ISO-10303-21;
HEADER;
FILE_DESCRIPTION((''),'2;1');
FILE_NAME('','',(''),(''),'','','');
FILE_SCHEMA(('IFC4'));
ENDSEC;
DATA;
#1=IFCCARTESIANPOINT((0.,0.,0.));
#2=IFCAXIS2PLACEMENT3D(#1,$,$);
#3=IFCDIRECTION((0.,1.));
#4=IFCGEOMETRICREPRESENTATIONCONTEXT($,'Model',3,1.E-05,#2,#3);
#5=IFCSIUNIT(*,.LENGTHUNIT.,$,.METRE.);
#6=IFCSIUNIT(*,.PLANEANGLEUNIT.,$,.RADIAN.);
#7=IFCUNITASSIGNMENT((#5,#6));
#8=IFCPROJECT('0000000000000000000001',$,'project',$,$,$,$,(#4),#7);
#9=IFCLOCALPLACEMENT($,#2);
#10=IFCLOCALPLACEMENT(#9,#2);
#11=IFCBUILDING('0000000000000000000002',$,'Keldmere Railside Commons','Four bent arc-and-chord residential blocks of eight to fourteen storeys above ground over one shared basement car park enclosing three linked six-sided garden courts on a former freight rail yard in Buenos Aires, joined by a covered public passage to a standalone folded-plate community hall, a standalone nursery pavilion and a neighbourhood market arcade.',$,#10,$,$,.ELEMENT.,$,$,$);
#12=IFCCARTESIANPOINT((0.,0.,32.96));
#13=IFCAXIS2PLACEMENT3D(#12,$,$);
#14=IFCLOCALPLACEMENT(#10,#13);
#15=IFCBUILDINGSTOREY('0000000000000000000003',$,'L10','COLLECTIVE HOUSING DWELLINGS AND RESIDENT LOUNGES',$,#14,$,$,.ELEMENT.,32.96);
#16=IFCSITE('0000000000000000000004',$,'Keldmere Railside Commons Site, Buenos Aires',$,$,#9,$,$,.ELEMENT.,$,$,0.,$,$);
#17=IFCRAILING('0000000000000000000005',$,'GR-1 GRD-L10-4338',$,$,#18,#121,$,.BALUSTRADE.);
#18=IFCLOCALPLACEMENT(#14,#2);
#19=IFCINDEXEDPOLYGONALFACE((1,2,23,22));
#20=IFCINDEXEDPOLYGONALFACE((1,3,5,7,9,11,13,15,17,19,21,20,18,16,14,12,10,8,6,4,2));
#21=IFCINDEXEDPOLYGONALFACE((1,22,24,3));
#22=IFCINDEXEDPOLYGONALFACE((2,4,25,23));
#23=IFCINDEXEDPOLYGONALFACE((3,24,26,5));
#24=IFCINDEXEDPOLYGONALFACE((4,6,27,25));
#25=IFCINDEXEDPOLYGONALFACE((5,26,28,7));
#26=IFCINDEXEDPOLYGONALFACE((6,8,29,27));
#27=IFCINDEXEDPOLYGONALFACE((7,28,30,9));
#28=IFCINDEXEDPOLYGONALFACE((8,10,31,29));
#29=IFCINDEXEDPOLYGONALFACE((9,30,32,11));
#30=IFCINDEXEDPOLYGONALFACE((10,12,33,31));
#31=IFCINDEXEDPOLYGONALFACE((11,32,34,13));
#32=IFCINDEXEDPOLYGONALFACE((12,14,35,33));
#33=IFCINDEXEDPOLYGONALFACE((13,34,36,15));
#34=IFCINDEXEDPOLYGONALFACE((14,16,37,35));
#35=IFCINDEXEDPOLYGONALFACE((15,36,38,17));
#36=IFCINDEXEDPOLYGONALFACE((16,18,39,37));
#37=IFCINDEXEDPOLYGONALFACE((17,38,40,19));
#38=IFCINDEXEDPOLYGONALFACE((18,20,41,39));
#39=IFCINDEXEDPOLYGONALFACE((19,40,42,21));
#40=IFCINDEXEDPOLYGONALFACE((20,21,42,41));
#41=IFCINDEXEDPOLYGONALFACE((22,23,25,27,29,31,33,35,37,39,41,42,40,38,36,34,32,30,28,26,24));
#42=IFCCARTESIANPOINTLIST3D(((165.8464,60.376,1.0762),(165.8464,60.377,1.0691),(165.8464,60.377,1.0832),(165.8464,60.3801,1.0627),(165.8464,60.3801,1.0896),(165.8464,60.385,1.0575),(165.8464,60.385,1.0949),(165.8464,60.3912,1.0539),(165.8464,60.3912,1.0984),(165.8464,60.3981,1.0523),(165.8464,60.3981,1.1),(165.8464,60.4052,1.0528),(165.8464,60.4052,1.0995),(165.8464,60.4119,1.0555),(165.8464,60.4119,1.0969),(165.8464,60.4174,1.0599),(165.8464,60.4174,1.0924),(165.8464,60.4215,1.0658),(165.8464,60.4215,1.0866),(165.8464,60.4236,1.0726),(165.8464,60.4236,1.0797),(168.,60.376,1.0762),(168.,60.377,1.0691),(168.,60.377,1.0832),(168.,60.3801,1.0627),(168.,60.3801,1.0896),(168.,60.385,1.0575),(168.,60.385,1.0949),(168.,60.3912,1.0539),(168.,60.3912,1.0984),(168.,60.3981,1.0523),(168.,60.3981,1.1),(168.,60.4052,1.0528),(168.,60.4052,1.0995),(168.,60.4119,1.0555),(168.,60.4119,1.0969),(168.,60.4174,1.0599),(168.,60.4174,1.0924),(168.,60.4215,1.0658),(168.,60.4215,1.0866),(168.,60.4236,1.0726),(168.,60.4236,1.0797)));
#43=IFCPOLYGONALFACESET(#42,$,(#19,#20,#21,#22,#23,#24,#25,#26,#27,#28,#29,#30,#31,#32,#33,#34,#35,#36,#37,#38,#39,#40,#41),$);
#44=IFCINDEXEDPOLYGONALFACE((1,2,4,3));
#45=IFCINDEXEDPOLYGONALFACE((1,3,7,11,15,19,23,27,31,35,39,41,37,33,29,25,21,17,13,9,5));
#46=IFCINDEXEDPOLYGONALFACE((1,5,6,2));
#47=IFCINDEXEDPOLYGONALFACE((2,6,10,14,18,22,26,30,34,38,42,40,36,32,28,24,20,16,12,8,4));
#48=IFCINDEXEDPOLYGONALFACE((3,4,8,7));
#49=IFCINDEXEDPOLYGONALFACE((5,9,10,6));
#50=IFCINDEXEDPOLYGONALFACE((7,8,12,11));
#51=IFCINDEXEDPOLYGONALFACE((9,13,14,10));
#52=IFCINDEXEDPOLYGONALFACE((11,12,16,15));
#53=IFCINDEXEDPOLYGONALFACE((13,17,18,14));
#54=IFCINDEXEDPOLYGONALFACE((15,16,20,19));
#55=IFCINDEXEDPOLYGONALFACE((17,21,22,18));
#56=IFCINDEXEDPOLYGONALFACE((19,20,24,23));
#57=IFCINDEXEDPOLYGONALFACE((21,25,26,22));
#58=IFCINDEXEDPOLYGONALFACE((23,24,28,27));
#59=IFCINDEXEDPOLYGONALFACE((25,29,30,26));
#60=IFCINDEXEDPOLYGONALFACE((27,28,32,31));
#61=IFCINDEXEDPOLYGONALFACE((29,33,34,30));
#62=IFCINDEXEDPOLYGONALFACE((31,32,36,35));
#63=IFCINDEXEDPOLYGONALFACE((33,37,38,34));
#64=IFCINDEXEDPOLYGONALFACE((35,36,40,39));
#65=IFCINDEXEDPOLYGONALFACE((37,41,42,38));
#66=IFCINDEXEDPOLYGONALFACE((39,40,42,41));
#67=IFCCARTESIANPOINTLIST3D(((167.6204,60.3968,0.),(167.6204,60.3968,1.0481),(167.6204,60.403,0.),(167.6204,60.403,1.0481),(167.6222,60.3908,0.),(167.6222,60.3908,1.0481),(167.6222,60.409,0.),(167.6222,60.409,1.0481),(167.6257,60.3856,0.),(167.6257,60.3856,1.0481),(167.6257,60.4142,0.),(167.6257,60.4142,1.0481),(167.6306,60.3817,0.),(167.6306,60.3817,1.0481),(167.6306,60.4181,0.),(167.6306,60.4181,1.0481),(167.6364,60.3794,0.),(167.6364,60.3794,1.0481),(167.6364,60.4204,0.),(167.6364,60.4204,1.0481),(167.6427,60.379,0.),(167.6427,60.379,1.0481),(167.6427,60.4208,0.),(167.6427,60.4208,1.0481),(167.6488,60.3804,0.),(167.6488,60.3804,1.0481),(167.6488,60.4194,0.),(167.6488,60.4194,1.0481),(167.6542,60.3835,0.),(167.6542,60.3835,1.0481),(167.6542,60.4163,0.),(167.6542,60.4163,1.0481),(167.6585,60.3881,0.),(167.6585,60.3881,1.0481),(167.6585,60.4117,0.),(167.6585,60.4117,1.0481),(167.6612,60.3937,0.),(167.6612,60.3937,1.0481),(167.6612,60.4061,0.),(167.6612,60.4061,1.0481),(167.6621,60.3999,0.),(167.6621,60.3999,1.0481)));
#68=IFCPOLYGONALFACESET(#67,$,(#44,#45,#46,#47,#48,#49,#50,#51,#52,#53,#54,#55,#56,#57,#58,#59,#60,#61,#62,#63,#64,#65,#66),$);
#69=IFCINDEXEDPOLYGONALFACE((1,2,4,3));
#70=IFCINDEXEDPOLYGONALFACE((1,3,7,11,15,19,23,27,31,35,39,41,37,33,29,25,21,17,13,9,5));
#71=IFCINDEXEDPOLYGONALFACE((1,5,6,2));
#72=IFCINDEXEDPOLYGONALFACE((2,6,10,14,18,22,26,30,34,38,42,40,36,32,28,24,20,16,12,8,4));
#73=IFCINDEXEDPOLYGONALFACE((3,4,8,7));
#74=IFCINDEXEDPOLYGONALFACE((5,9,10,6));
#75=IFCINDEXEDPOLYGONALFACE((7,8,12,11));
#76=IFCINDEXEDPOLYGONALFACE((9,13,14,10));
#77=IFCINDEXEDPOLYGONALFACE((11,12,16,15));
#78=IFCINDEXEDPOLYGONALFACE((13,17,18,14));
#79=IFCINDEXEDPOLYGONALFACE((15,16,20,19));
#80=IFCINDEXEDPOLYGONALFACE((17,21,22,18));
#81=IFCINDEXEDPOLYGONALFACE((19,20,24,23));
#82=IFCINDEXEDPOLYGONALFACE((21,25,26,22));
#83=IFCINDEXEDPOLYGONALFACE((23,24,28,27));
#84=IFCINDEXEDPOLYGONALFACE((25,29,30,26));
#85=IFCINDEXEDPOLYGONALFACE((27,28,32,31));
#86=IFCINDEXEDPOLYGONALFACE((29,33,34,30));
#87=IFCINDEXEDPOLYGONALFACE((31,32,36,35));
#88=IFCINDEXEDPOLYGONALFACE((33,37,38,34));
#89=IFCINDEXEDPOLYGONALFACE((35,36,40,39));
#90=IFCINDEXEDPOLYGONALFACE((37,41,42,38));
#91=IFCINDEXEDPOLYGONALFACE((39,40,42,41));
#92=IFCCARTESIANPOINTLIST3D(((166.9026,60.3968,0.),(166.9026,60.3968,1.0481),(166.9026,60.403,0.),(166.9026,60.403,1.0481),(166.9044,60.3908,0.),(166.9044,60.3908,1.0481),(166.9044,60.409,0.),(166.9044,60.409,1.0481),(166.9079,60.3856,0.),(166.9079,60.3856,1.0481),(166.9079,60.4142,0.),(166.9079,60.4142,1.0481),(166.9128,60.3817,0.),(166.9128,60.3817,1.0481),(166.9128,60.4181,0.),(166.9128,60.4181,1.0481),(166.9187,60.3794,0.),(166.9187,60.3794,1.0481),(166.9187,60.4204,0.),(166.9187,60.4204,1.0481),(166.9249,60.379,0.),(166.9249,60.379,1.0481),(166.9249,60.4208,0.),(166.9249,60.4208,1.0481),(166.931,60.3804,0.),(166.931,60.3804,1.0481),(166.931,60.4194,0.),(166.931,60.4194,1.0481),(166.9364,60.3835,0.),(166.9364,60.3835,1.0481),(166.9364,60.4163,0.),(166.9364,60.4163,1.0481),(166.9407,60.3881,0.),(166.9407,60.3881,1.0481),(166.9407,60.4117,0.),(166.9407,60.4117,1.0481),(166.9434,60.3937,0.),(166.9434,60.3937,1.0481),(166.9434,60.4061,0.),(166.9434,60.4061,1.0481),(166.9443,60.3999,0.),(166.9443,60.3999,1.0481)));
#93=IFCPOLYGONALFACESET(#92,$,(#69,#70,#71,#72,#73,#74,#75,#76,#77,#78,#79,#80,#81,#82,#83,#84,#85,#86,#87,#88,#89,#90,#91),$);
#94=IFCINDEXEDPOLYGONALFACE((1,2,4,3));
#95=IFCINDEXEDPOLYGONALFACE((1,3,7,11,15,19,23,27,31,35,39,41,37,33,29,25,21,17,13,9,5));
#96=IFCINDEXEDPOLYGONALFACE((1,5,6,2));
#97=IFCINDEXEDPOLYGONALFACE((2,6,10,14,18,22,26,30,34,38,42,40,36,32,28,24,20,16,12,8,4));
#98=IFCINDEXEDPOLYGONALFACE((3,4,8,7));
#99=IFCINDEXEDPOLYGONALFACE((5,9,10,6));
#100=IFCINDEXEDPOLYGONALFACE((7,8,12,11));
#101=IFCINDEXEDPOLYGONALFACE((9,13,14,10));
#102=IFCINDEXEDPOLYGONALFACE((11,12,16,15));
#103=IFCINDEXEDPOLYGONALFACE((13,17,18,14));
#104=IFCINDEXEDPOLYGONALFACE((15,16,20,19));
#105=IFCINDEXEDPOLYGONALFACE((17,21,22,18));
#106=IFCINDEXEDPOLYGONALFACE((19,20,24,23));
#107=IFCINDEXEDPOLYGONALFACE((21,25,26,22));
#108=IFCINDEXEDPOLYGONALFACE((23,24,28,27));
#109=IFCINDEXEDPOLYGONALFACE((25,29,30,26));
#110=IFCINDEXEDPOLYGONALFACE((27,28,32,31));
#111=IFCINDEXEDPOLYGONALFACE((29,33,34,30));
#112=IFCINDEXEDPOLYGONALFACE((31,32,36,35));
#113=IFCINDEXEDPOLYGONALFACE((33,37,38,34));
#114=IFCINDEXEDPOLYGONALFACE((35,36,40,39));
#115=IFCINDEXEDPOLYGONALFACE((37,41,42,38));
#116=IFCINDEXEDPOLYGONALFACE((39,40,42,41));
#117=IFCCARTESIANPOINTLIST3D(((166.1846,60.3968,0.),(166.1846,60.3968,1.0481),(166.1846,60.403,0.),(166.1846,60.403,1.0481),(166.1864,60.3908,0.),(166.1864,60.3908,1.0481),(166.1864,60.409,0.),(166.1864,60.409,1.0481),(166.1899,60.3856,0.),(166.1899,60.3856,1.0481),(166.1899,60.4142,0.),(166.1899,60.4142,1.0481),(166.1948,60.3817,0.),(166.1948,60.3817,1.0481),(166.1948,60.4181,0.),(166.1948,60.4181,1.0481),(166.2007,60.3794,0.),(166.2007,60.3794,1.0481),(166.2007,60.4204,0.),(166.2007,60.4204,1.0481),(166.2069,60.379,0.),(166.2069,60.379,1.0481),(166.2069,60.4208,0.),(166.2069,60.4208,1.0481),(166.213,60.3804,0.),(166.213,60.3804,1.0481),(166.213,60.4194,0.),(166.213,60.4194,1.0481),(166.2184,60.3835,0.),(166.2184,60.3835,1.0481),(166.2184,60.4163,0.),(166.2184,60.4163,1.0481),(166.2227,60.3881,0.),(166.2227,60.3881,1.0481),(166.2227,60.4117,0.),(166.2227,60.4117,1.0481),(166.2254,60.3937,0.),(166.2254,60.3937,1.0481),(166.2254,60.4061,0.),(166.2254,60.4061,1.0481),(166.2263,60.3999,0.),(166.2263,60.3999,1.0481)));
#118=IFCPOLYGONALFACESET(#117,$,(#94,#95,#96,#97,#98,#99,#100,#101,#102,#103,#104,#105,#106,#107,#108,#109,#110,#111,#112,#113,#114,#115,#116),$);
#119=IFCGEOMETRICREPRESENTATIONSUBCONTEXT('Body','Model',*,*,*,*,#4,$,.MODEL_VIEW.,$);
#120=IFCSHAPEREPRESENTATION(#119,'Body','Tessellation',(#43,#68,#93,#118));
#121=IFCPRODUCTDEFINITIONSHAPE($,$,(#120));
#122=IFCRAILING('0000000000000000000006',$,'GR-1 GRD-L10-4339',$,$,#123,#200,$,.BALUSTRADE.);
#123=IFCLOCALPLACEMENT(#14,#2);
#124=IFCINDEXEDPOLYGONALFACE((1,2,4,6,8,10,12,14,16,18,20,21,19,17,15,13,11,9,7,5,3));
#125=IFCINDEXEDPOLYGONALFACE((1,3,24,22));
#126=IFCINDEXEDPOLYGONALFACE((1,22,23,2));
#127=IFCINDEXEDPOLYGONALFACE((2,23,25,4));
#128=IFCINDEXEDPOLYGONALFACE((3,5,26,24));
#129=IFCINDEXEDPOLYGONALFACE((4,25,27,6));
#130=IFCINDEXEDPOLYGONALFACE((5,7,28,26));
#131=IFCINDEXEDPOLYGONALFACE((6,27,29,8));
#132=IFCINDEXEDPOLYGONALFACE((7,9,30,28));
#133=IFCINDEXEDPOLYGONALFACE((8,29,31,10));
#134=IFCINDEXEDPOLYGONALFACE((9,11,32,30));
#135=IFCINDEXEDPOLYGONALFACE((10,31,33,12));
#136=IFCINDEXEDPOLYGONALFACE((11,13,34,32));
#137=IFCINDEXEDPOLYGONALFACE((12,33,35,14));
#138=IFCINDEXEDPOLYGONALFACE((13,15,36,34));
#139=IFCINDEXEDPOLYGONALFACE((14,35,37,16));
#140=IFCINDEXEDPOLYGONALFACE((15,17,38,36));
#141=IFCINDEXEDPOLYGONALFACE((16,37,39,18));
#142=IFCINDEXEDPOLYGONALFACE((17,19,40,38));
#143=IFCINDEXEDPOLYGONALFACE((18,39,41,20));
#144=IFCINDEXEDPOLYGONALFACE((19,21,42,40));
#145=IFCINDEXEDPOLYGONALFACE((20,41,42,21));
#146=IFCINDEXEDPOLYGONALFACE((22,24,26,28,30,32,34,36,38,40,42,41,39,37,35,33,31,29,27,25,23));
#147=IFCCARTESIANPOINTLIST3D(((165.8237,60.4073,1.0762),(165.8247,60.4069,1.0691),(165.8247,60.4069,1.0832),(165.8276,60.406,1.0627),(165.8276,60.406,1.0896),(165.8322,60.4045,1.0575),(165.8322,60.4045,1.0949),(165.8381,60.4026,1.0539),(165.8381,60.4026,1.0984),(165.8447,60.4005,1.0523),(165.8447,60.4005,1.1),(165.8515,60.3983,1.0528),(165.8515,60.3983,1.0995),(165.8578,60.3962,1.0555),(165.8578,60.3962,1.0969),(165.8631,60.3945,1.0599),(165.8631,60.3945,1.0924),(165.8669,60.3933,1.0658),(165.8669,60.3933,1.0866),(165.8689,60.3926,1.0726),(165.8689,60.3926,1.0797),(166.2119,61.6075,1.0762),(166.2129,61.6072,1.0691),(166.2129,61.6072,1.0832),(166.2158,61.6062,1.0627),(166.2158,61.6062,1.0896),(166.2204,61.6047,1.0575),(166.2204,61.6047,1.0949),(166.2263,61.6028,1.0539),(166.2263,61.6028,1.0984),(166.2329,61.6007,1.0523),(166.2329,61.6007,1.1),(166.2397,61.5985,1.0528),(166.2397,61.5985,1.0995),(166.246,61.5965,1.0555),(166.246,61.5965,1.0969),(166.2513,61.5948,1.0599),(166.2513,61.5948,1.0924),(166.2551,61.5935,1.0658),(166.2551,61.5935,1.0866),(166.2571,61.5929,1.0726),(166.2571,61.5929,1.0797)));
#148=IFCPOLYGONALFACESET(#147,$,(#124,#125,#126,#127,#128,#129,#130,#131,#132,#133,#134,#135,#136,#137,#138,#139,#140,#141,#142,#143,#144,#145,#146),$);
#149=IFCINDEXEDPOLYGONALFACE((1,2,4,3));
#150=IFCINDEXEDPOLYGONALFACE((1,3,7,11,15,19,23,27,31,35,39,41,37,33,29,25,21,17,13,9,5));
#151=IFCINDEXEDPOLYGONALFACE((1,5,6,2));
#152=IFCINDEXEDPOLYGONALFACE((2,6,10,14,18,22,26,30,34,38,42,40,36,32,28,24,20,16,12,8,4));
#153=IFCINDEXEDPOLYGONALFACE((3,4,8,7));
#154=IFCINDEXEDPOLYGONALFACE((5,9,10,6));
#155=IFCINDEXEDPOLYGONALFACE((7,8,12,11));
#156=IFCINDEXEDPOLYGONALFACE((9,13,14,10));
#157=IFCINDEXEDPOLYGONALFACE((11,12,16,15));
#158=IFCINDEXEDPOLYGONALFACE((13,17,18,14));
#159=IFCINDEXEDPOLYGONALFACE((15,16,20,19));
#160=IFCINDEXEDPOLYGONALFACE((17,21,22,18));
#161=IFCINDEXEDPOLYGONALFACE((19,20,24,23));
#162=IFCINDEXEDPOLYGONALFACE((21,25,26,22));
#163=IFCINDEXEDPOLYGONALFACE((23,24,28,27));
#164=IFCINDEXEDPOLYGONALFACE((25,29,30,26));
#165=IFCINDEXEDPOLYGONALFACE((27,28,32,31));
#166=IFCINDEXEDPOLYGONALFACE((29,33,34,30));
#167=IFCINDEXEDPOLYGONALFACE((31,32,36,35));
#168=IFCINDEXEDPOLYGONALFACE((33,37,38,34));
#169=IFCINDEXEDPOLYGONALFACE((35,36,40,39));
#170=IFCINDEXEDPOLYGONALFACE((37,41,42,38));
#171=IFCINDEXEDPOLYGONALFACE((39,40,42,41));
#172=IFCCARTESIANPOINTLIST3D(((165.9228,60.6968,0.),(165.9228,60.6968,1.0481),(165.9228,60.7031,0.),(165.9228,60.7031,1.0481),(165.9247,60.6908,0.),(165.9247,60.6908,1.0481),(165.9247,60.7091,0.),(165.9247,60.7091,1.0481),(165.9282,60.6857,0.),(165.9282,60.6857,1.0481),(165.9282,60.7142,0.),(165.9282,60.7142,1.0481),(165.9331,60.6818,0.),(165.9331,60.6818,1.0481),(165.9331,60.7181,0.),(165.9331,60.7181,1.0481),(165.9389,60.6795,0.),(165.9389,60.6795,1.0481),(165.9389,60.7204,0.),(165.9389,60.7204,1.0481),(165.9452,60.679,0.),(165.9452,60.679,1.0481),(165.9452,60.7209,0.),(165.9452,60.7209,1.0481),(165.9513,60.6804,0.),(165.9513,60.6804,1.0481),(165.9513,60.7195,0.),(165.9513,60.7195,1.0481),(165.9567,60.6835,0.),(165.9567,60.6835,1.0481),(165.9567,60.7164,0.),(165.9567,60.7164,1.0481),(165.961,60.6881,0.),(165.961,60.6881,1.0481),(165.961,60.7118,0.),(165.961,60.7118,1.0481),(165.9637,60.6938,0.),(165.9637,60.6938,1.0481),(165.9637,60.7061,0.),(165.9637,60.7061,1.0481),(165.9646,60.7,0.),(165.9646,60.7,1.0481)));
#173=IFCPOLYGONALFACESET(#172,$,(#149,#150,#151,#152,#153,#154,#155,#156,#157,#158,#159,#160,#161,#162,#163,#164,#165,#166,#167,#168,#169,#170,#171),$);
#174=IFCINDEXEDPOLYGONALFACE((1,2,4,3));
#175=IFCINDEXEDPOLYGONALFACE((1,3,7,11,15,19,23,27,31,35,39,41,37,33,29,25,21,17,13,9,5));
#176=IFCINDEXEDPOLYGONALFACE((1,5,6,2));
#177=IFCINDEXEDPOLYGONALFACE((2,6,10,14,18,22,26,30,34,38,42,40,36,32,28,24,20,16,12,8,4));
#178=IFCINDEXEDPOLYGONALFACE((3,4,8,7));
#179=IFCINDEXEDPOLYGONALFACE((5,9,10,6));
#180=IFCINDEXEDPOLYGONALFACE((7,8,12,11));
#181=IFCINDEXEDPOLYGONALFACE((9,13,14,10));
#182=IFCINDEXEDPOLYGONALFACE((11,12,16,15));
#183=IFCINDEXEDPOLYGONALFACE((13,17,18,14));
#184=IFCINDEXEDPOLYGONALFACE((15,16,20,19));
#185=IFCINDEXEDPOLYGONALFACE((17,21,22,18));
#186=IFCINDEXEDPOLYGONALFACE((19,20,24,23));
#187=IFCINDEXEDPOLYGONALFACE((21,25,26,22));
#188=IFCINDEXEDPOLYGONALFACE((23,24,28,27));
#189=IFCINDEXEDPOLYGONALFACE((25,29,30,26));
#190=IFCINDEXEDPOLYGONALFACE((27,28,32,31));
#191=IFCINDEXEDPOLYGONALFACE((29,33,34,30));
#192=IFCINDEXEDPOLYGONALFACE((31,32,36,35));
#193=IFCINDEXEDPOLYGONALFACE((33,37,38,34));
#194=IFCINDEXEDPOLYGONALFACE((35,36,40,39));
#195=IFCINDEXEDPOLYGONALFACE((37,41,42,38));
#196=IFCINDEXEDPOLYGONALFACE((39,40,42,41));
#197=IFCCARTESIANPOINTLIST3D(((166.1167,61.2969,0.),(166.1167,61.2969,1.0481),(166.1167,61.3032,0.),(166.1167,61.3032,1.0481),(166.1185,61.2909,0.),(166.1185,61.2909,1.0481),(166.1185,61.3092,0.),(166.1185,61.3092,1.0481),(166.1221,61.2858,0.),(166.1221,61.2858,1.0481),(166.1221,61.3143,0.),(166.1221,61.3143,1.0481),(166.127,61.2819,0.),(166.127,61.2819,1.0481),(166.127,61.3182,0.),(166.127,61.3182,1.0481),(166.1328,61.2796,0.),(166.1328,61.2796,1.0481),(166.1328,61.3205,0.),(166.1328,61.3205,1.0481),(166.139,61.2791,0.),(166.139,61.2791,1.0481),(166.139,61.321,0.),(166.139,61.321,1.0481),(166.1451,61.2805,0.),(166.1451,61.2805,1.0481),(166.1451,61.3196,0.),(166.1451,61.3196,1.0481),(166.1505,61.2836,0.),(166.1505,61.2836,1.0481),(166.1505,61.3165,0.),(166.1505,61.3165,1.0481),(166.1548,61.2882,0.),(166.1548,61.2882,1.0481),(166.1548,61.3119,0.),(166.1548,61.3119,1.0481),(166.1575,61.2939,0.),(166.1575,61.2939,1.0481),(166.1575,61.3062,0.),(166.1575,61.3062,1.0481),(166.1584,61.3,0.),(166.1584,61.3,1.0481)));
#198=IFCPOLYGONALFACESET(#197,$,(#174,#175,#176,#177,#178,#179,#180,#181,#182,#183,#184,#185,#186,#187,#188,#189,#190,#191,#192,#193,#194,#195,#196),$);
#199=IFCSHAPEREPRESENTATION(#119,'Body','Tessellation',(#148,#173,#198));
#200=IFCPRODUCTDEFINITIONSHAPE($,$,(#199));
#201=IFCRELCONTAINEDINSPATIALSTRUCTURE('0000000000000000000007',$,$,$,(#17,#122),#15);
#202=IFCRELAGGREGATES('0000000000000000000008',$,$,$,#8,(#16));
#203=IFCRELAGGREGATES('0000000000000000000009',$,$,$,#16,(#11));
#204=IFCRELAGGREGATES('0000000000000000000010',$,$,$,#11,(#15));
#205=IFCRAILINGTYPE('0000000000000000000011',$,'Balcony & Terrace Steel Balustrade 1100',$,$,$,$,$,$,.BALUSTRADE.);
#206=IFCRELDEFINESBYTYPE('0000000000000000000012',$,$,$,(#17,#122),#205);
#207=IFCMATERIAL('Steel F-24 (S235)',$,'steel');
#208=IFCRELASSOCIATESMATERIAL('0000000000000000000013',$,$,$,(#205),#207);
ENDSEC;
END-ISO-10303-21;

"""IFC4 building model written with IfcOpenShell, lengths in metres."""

from ifc_helpers import new_model, si_unit, direction, frame, origin, origin_2d, place, context, subcontext, project, spatial, circle, extrude, material, type_object, element, save


model = new_model("IFC4")

# Units and contexts
model_context = context("Model", 3, precision=1e-05, world=origin(), true_north=direction((0.0, 1.0)))
body_context = subcontext(model_context, "Body", "Model", "MODEL_VIEW")
ifc_project = project(units=[si_unit("LENGTHUNIT", "METRE"), si_unit("PLANEANGLEUNIT", "RADIAN")], contexts=[model_context])

# Site, building, storey
site_placement = place(None, origin())
site = spatial("IfcSite", under=ifc_project, at=site_placement, Name="Keldmere Railside Commons Site, Buenos Aires", CompositionType="ELEMENT", RefElevation=0.0)
building_placement = place(site_placement, origin())
building = spatial("IfcBuilding", under=site, at=building_placement, Name="Keldmere Railside Commons", Description="Four bent arc-and-chord residential blocks of eight to fourteen storeys above ground over one shared basement car park enclosing three linked six-sided garden courts on a former freight rail yard in Buenos Aires, joined by a covered public passage to a standalone folded-plate community hall, a standalone nursery pavilion and a neighbourhood market arcade.", CompositionType="ELEMENT")
storey_placement = place(building_placement, frame((0.0, 0.0, 32.96)))
storey = spatial("IfcBuildingStorey", under=building, at=storey_placement, Name="L10", Description="COLLECTIVE HOUSING DWELLINGS AND RESIDENT LOUNGES", CompositionType="ELEMENT", Elevation=32.96)

# Railings
ifc_material_1 = material(Name="Steel F-24 (S235)", Category="steel")
railing_type = type_object("IfcRailingType", Name="Balcony & Terrace Steel Balustrade 1100", PredefinedType="BALUSTRADE", material=ifc_material_1)
railing_1_placement = place(storey_placement, frame((168.0, 60.3999, 0.0)))
element("IfcRailing", 1, at=railing_1_placement, inside=storey, type_object=railing_type, Name="GR-1 GRD-L10-4338", PredefinedType="BALUSTRADE", context=body_context, shape_type="SweptSolid", body=[
    extrude(circle(Radius=0.0239, at=origin_2d()), frame((0.0, 0.0, 1.0762), z_axis=(-1.0, 0.0, 0.0), x_axis=(0.0, -1.0, 0.0)), (0.0, 0.0, 1.0), 2.1536),
    extrude(circle(Radius=0.021, at=origin_2d()), frame((-0.3589, 0.0, 0.0)), (0.0, 0.0, 1.0), 1.0481),
    extrude(circle(Radius=0.021, at=origin_2d()), frame((-1.0767, 0.0, 0.0)), (0.0, 0.0, 1.0), 1.0481),
    extrude(circle(Radius=0.021, at=origin_2d()), frame((-1.7947, 0.0, 0.0)), (0.0, 0.0, 1.0), 1.0481),
])
railing_2_placement = place(storey_placement, frame((165.8464, 60.3999, 0.0)))
element("IfcRailing", 2, at=railing_2_placement, inside=storey, type_object=railing_type, Name="GR-1 GRD-L10-4339", PredefinedType="BALUSTRADE", context=body_context, shape_type="SweptSolid", body=[
    extrude(circle(Radius=0.0239, at=origin_2d()), frame((0.0, 0.0, 1.0762), z_axis=(0.307738, 0.951471, 0.0), x_axis=(-0.951471, 0.307738, 0.0)), (0.0, 0.0, 1.0), 1.2615),
    extrude(circle(Radius=0.021, at=origin_2d()), frame((0.0972, 0.3, 0.0)), (0.0, 0.0, 1.0), 1.0481),
    extrude(circle(Radius=0.021, at=origin_2d()), frame((0.291, 0.9001, 0.0)), (0.0, 0.0, 1.0), 1.0481),
])

save(model, "model.ifc")
